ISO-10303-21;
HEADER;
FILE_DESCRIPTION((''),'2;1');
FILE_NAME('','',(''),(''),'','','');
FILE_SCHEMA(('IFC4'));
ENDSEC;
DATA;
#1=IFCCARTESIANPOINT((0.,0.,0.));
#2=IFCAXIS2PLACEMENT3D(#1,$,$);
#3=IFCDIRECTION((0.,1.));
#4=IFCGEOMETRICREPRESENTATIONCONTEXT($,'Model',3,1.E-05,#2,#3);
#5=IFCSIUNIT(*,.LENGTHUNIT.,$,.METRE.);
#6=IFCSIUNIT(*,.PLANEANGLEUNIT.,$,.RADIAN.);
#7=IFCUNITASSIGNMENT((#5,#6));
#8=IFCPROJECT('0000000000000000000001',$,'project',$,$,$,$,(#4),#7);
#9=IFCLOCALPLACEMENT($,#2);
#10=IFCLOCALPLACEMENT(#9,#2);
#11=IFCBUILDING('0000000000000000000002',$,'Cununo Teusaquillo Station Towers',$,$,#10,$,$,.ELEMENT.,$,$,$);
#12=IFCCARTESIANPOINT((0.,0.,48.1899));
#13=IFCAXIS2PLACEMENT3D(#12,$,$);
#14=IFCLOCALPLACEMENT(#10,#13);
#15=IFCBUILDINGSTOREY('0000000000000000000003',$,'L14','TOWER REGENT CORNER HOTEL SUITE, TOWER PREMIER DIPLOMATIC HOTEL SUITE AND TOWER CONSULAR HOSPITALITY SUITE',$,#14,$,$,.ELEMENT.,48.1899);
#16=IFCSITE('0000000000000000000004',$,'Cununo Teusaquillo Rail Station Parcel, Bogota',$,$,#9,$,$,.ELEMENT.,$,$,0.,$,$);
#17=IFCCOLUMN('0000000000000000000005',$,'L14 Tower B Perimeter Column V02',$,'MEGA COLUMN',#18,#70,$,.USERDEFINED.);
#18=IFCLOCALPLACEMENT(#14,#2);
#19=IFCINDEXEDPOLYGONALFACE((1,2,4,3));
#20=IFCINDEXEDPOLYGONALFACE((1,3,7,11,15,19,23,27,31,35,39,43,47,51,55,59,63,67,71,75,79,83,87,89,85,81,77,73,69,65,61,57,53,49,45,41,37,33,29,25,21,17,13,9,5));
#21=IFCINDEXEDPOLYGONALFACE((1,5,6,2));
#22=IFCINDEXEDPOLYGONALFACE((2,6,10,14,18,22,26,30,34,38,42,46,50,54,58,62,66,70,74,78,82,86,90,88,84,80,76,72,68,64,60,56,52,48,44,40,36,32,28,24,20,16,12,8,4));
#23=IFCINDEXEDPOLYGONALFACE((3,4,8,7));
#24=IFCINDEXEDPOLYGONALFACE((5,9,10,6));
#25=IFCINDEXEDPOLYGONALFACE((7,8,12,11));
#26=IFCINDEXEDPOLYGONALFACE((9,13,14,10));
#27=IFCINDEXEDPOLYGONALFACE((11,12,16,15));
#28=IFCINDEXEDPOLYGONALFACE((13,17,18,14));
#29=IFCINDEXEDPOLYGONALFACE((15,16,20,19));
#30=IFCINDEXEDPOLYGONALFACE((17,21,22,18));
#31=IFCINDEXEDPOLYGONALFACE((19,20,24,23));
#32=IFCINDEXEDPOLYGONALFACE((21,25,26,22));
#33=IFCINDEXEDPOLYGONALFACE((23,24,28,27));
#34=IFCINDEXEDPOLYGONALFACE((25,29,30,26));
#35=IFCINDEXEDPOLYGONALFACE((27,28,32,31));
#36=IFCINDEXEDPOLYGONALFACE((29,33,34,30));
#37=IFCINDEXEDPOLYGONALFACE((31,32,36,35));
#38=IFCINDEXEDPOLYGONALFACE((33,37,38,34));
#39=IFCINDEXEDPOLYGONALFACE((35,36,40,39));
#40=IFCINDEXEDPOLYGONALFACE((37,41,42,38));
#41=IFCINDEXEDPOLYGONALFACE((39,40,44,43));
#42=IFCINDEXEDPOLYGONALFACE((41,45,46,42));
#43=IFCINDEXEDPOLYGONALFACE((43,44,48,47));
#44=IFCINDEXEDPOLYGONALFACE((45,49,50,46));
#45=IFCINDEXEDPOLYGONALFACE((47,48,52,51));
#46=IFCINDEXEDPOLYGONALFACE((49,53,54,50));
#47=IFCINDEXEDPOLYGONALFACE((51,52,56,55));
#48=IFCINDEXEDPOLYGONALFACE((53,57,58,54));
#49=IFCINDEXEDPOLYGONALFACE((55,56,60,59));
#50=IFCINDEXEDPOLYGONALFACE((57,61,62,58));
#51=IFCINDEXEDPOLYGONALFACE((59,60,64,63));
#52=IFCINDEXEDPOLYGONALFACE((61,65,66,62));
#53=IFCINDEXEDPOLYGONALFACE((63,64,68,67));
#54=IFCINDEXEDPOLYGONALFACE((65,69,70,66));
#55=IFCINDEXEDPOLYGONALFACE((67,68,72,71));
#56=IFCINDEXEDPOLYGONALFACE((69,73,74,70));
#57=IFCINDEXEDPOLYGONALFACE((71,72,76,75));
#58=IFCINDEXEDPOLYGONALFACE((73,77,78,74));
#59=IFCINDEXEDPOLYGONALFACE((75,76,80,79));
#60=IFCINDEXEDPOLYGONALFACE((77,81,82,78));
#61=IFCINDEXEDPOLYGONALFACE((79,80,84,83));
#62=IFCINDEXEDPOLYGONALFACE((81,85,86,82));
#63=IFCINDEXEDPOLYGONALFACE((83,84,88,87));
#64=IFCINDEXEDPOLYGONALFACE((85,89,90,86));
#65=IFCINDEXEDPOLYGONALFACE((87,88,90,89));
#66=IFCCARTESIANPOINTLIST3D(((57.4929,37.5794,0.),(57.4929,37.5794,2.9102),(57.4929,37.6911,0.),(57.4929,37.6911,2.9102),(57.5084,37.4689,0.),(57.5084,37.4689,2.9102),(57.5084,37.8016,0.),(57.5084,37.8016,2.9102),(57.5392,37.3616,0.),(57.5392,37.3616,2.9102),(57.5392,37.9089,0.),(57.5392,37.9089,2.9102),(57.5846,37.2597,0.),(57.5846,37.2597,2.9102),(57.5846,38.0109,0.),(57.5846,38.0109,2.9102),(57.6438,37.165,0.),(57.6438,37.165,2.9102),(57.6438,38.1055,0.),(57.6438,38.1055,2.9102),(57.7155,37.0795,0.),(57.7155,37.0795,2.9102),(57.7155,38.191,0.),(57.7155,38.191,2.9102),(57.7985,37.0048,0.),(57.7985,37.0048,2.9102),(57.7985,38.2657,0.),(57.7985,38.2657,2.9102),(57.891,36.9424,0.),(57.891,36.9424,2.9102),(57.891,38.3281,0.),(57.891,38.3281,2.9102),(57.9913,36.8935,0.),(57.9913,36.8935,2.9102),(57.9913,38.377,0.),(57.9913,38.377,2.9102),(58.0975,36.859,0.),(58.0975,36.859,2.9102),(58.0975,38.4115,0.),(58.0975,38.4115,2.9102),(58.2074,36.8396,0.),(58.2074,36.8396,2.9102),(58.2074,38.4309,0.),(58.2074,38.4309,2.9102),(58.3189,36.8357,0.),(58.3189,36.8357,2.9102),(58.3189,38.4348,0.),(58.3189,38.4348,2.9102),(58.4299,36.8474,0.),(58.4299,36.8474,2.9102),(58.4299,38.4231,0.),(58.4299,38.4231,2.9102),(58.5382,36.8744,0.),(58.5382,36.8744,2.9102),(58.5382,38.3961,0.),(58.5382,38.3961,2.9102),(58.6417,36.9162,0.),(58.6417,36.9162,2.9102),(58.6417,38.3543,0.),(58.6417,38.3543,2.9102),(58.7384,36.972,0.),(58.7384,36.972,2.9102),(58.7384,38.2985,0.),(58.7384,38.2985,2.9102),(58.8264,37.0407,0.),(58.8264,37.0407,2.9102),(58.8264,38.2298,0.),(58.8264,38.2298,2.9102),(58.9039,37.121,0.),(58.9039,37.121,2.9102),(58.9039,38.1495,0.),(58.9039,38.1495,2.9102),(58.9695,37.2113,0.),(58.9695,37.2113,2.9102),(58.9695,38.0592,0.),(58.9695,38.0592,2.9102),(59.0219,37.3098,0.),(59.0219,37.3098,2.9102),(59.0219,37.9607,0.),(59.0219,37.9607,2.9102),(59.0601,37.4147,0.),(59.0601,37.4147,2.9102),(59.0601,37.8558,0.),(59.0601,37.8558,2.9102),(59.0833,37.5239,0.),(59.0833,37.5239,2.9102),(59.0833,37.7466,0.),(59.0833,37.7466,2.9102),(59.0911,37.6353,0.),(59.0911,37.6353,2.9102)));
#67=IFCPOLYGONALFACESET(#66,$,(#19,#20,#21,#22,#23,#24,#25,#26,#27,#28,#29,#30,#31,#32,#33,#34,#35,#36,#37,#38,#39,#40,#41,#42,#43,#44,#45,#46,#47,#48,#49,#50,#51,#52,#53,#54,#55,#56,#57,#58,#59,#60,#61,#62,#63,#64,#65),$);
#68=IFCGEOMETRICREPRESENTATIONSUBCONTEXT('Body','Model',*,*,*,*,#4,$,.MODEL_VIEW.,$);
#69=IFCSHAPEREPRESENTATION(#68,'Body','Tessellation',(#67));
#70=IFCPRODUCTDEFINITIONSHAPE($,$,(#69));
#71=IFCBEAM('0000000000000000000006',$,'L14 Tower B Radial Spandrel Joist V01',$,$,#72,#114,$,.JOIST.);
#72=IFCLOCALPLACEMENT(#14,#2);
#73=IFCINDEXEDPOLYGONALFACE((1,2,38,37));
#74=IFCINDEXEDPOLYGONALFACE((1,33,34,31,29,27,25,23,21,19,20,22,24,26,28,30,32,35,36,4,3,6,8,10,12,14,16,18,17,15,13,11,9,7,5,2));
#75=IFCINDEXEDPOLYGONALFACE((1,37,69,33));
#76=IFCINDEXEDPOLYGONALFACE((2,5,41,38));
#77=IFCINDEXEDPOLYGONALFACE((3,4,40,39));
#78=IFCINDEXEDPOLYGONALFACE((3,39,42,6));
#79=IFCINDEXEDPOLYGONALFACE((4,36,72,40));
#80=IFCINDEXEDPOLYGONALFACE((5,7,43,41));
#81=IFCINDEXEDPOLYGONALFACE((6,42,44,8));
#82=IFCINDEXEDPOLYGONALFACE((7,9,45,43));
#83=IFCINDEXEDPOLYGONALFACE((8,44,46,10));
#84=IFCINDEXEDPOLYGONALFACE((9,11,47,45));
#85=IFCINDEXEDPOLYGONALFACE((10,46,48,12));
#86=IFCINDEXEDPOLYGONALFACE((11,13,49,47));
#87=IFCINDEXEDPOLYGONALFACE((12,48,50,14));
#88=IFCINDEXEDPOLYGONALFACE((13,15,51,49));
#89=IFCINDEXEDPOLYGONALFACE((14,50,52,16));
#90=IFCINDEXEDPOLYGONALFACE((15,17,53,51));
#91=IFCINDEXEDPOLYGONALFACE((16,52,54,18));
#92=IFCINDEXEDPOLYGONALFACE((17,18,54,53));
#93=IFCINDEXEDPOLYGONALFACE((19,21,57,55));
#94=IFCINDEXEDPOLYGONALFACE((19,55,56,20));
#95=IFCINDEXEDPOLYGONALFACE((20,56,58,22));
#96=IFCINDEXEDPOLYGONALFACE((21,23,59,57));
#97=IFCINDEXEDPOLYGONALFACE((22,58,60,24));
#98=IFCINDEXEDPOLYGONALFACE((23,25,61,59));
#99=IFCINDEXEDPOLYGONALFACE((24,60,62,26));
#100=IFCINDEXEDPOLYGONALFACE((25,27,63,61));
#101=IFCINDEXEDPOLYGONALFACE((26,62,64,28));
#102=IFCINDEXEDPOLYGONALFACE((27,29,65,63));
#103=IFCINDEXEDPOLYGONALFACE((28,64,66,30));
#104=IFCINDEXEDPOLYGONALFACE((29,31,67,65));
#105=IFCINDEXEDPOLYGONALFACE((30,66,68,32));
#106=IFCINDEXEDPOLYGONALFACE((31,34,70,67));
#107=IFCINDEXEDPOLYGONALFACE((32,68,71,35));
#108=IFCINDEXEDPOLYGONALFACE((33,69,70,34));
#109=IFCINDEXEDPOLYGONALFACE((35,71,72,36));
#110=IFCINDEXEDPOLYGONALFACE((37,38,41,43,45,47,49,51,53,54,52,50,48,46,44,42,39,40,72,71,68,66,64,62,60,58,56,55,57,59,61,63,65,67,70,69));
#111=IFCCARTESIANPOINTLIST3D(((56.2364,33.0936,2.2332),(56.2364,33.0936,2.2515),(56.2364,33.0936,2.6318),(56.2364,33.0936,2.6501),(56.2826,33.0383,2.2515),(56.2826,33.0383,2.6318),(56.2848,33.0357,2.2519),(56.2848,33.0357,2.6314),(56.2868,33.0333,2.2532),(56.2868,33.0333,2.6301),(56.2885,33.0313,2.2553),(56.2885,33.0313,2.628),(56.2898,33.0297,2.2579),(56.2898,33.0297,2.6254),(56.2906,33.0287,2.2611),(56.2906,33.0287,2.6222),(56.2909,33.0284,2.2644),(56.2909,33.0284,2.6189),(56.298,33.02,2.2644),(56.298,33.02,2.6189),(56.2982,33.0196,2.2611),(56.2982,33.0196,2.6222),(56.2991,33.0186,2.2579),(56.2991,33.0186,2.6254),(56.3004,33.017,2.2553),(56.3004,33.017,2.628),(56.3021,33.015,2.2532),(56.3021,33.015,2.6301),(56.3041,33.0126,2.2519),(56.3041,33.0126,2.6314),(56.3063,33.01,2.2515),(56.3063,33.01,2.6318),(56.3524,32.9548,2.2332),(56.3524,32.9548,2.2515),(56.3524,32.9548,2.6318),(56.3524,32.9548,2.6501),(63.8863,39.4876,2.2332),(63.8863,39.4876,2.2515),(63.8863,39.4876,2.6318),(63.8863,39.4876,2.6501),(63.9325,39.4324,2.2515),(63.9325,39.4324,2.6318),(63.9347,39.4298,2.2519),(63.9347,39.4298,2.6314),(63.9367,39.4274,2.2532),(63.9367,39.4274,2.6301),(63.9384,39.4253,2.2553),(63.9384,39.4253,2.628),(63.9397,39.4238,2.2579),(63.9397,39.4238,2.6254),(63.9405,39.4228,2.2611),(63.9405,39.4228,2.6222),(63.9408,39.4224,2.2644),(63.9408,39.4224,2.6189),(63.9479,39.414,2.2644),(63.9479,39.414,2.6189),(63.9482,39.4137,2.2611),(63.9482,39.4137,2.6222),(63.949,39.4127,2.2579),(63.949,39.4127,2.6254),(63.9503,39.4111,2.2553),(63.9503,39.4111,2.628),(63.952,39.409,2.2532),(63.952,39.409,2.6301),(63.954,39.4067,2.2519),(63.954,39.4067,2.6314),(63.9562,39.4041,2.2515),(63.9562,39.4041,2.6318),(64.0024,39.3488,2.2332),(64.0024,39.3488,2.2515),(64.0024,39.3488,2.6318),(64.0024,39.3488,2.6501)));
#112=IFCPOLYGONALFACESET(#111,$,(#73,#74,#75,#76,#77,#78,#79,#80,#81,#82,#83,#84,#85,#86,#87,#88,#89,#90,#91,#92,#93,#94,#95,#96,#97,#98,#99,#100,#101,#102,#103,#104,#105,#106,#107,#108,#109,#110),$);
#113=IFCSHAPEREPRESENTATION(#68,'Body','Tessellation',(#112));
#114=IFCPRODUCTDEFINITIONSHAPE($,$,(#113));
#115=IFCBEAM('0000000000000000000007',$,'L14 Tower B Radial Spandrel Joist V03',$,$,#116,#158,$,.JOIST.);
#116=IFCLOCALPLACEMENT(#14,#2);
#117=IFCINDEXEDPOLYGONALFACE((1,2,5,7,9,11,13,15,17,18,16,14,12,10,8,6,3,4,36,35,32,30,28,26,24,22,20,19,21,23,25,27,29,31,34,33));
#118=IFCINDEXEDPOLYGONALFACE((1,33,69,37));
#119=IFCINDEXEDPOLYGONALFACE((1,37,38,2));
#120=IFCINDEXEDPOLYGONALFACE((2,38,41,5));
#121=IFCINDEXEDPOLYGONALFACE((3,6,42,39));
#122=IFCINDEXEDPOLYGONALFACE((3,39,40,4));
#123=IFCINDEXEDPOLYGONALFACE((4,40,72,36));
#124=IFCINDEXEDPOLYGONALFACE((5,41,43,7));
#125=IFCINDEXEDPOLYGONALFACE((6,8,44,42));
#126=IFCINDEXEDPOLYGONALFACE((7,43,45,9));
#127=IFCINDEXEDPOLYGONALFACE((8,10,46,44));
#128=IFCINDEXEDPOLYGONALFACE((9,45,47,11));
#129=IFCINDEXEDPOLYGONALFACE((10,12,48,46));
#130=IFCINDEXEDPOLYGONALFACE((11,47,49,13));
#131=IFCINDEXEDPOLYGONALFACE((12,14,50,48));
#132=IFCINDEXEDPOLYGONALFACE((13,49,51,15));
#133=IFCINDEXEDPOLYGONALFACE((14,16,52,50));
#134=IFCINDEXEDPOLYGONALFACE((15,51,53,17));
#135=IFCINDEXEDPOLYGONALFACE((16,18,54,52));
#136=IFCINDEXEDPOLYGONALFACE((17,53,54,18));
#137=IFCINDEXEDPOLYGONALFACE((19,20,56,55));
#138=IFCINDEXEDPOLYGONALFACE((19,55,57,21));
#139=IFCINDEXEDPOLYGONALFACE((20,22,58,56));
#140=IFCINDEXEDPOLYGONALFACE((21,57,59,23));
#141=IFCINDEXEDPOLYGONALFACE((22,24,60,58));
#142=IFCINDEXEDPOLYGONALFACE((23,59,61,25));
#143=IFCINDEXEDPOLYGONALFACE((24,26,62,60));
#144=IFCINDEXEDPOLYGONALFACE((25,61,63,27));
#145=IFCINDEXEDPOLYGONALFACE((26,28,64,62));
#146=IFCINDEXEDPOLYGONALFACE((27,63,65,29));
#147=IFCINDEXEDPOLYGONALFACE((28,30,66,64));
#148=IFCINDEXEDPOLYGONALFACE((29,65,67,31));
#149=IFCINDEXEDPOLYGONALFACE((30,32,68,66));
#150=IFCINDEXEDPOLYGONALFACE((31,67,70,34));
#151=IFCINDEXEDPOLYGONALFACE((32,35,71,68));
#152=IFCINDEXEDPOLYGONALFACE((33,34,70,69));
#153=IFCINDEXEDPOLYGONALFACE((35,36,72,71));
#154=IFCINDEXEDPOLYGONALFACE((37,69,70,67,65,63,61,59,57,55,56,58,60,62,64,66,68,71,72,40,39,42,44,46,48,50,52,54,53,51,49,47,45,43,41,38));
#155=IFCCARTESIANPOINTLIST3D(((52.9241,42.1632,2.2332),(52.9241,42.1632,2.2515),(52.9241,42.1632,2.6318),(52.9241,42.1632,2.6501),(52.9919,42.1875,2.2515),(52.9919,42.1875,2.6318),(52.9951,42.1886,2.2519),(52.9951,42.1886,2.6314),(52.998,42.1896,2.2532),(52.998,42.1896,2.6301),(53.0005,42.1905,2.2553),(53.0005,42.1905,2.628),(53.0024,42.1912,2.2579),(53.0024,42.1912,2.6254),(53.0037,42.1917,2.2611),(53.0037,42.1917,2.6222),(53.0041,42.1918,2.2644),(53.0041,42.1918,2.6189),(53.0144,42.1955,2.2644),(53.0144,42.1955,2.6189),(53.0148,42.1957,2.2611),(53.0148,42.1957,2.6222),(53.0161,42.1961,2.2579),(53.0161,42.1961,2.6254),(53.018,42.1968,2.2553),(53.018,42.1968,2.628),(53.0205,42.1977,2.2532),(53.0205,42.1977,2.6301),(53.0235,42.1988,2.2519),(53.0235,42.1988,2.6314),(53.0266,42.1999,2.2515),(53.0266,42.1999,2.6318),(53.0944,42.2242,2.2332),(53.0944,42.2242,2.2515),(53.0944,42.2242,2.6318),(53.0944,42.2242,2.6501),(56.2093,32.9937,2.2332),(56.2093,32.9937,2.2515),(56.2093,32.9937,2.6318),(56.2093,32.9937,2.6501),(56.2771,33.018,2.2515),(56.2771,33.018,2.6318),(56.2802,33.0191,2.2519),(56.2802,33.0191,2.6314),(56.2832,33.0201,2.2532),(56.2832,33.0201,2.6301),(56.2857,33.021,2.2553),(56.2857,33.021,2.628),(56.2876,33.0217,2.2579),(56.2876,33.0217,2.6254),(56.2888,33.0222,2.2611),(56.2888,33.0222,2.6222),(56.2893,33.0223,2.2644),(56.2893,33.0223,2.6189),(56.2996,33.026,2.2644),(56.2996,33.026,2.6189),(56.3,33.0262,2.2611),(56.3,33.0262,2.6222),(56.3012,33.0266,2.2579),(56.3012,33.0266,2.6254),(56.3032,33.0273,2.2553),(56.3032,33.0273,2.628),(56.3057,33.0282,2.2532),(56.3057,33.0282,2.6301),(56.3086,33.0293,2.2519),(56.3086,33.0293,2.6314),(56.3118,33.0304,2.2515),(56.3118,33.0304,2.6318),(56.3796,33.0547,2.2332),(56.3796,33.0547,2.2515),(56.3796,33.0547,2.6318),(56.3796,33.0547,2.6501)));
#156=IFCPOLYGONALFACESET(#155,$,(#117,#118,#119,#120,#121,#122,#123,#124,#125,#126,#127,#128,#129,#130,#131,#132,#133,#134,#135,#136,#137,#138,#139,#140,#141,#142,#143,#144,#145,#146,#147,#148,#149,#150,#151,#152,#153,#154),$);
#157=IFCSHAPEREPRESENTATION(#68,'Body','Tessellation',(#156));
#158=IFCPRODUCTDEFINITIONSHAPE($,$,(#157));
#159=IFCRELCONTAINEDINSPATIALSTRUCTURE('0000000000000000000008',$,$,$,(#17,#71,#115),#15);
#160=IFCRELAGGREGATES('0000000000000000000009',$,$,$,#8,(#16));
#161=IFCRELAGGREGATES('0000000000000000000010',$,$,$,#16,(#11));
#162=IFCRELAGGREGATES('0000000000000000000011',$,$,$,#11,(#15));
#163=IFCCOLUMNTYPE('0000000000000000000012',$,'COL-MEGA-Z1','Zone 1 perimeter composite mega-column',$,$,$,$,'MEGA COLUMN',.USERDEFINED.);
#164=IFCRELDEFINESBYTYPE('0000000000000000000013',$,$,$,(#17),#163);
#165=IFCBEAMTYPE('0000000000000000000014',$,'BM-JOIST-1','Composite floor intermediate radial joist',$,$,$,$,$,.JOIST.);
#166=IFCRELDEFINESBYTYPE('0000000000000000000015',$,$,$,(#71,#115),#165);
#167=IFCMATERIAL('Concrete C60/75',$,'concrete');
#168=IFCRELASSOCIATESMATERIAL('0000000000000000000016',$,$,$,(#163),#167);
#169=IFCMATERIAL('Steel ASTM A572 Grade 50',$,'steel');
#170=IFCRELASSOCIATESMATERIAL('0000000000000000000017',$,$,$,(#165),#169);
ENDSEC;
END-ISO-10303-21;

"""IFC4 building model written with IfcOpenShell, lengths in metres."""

from ifc_helpers import new_model, si_unit, direction, frame, origin, origin_2d, place, context, subcontext, project, spatial, circle, i_section, extrude, material, material_profile, profile_set, type_object, element, save


model = new_model("IFC4")

# Units and contexts
model_context = context("Model", 3, precision=1e-05, world=origin(), true_north=direction((0.0, 1.0)))
body_context = subcontext(model_context, "Body", "Model", "MODEL_VIEW")
ifc_project = project(units=[si_unit("LENGTHUNIT", "METRE"), si_unit("PLANEANGLEUNIT", "RADIAN")], contexts=[model_context])

# Site, building, storey
site_placement = place(None, origin())
site = spatial("IfcSite", under=ifc_project, at=site_placement, Name="Cununo Teusaquillo Rail Station Parcel, Bogota", CompositionType="ELEMENT", RefElevation=0.0)
building_placement = place(site_placement, origin())
building = spatial("IfcBuilding", under=site, at=building_placement, Name="Cununo Teusaquillo Station Towers", CompositionType="ELEMENT")
storey_placement = place(building_placement, frame((0.0, 0.0, 48.1899)))
storey = spatial("IfcBuildingStorey", under=building, at=storey_placement, Name="L14", Description="TOWER REGENT CORNER HOTEL SUITE, TOWER PREMIER DIPLOMATIC HOTEL SUITE AND TOWER CONSULAR HOSPITALITY SUITE", CompositionType="ELEMENT", Elevation=48.1899)

# Column
ifc_material_1 = material(Name="Concrete C60/75", Category="concrete")
ifc_material_profile_1 = material_profile(ifc_material_1, circle(Radius=0.8, at=origin_2d()), Name="RC-CIRC-1600")
ifc_profile_set_1 = profile_set([ifc_material_profile_1], Name="Concrete C60/75")
column_type = type_object("IfcColumnType", Name="COL-MEGA-Z1", Description="Zone 1 perimeter composite mega-column", ElementType="MEGA COLUMN", PredefinedType="USERDEFINED", material=ifc_profile_set_1)
column_placement = place(storey_placement, frame((58.291, 37.6353, 0.0), z_axis=(0.0, 0.0, 1.0), x_axis=(1.0, 0.0, 0.0)))
element("IfcColumn", 1, at=column_placement, inside=storey, type_object=column_type, Name="L14 Tower B Perimeter Column V02", ObjectType="MEGA COLUMN", PredefinedType="USERDEFINED", context=body_context, shape_type="SweptSolid", body=[
    extrude(circle(Radius=0.8, at=origin_2d()), origin(), (0.0, 0.0, 1.0), 2.9102),
])

# Beams
ifc_material_2 = material(Name="Steel ASTM A572 Grade 50", Category="steel")
ifc_material_profile_2 = material_profile(ifc_material_2, i_section(OverallWidth=0.1809, OverallDepth=0.417, WebThickness=0.011, FlangeThickness=0.0183, FilletRadius=0.0129, at=origin_2d()), Name="W16X57")
ifc_profile_set_2 = profile_set([ifc_material_profile_2], Name="Steel ASTM A572 Grade 50")
beam_type_1 = type_object("IfcBeamType", Name="BM-JOIST-1", Description="Composite floor intermediate radial joist", PredefinedType="JOIST", material=ifc_profile_set_2)
beam_1_placement = place(storey_placement, frame((56.2944, 33.0242, 2.4417), z_axis=(0.767277, 0.641316, 0.0), x_axis=(-0.641316, 0.767277, 0.0)))
element("IfcBeam", 2, at=beam_1_placement, inside=storey, type_object=beam_type_1, Name="L14 Tower B Radial Spandrel Joist V01", PredefinedType="JOIST", context=body_context, shape_type="SweptSolid", body=[
    extrude(i_section(OverallWidth=0.1809, OverallDepth=0.417, WebThickness=0.011, FlangeThickness=0.0183, FilletRadius=0.0129, at=origin_2d()), origin(), (0.0, 0.0, 1.0), 9.9702),
])
beam_2_placement = place(storey_placement, frame((56.2944, 33.0242, 2.4417), z_axis=(-0.337279, 0.941405, 0.0), x_axis=(-0.941405, -0.337279, 0.0)))
element("IfcBeam", 3, at=beam_2_placement, inside=storey, type_object=beam_type_1, Name="L14 Tower B Radial Spandrel Joist V03", PredefinedType="JOIST", context=body_context, shape_type="SweptSolid", body=[
    extrude(i_section(OverallWidth=0.1809, OverallDepth=0.417, WebThickness=0.011, FlangeThickness=0.0183, FilletRadius=0.0129, at=origin_2d()), origin(), (0.0, 0.0, 1.0), 9.7402),
])

save(model, "model.ifc")
